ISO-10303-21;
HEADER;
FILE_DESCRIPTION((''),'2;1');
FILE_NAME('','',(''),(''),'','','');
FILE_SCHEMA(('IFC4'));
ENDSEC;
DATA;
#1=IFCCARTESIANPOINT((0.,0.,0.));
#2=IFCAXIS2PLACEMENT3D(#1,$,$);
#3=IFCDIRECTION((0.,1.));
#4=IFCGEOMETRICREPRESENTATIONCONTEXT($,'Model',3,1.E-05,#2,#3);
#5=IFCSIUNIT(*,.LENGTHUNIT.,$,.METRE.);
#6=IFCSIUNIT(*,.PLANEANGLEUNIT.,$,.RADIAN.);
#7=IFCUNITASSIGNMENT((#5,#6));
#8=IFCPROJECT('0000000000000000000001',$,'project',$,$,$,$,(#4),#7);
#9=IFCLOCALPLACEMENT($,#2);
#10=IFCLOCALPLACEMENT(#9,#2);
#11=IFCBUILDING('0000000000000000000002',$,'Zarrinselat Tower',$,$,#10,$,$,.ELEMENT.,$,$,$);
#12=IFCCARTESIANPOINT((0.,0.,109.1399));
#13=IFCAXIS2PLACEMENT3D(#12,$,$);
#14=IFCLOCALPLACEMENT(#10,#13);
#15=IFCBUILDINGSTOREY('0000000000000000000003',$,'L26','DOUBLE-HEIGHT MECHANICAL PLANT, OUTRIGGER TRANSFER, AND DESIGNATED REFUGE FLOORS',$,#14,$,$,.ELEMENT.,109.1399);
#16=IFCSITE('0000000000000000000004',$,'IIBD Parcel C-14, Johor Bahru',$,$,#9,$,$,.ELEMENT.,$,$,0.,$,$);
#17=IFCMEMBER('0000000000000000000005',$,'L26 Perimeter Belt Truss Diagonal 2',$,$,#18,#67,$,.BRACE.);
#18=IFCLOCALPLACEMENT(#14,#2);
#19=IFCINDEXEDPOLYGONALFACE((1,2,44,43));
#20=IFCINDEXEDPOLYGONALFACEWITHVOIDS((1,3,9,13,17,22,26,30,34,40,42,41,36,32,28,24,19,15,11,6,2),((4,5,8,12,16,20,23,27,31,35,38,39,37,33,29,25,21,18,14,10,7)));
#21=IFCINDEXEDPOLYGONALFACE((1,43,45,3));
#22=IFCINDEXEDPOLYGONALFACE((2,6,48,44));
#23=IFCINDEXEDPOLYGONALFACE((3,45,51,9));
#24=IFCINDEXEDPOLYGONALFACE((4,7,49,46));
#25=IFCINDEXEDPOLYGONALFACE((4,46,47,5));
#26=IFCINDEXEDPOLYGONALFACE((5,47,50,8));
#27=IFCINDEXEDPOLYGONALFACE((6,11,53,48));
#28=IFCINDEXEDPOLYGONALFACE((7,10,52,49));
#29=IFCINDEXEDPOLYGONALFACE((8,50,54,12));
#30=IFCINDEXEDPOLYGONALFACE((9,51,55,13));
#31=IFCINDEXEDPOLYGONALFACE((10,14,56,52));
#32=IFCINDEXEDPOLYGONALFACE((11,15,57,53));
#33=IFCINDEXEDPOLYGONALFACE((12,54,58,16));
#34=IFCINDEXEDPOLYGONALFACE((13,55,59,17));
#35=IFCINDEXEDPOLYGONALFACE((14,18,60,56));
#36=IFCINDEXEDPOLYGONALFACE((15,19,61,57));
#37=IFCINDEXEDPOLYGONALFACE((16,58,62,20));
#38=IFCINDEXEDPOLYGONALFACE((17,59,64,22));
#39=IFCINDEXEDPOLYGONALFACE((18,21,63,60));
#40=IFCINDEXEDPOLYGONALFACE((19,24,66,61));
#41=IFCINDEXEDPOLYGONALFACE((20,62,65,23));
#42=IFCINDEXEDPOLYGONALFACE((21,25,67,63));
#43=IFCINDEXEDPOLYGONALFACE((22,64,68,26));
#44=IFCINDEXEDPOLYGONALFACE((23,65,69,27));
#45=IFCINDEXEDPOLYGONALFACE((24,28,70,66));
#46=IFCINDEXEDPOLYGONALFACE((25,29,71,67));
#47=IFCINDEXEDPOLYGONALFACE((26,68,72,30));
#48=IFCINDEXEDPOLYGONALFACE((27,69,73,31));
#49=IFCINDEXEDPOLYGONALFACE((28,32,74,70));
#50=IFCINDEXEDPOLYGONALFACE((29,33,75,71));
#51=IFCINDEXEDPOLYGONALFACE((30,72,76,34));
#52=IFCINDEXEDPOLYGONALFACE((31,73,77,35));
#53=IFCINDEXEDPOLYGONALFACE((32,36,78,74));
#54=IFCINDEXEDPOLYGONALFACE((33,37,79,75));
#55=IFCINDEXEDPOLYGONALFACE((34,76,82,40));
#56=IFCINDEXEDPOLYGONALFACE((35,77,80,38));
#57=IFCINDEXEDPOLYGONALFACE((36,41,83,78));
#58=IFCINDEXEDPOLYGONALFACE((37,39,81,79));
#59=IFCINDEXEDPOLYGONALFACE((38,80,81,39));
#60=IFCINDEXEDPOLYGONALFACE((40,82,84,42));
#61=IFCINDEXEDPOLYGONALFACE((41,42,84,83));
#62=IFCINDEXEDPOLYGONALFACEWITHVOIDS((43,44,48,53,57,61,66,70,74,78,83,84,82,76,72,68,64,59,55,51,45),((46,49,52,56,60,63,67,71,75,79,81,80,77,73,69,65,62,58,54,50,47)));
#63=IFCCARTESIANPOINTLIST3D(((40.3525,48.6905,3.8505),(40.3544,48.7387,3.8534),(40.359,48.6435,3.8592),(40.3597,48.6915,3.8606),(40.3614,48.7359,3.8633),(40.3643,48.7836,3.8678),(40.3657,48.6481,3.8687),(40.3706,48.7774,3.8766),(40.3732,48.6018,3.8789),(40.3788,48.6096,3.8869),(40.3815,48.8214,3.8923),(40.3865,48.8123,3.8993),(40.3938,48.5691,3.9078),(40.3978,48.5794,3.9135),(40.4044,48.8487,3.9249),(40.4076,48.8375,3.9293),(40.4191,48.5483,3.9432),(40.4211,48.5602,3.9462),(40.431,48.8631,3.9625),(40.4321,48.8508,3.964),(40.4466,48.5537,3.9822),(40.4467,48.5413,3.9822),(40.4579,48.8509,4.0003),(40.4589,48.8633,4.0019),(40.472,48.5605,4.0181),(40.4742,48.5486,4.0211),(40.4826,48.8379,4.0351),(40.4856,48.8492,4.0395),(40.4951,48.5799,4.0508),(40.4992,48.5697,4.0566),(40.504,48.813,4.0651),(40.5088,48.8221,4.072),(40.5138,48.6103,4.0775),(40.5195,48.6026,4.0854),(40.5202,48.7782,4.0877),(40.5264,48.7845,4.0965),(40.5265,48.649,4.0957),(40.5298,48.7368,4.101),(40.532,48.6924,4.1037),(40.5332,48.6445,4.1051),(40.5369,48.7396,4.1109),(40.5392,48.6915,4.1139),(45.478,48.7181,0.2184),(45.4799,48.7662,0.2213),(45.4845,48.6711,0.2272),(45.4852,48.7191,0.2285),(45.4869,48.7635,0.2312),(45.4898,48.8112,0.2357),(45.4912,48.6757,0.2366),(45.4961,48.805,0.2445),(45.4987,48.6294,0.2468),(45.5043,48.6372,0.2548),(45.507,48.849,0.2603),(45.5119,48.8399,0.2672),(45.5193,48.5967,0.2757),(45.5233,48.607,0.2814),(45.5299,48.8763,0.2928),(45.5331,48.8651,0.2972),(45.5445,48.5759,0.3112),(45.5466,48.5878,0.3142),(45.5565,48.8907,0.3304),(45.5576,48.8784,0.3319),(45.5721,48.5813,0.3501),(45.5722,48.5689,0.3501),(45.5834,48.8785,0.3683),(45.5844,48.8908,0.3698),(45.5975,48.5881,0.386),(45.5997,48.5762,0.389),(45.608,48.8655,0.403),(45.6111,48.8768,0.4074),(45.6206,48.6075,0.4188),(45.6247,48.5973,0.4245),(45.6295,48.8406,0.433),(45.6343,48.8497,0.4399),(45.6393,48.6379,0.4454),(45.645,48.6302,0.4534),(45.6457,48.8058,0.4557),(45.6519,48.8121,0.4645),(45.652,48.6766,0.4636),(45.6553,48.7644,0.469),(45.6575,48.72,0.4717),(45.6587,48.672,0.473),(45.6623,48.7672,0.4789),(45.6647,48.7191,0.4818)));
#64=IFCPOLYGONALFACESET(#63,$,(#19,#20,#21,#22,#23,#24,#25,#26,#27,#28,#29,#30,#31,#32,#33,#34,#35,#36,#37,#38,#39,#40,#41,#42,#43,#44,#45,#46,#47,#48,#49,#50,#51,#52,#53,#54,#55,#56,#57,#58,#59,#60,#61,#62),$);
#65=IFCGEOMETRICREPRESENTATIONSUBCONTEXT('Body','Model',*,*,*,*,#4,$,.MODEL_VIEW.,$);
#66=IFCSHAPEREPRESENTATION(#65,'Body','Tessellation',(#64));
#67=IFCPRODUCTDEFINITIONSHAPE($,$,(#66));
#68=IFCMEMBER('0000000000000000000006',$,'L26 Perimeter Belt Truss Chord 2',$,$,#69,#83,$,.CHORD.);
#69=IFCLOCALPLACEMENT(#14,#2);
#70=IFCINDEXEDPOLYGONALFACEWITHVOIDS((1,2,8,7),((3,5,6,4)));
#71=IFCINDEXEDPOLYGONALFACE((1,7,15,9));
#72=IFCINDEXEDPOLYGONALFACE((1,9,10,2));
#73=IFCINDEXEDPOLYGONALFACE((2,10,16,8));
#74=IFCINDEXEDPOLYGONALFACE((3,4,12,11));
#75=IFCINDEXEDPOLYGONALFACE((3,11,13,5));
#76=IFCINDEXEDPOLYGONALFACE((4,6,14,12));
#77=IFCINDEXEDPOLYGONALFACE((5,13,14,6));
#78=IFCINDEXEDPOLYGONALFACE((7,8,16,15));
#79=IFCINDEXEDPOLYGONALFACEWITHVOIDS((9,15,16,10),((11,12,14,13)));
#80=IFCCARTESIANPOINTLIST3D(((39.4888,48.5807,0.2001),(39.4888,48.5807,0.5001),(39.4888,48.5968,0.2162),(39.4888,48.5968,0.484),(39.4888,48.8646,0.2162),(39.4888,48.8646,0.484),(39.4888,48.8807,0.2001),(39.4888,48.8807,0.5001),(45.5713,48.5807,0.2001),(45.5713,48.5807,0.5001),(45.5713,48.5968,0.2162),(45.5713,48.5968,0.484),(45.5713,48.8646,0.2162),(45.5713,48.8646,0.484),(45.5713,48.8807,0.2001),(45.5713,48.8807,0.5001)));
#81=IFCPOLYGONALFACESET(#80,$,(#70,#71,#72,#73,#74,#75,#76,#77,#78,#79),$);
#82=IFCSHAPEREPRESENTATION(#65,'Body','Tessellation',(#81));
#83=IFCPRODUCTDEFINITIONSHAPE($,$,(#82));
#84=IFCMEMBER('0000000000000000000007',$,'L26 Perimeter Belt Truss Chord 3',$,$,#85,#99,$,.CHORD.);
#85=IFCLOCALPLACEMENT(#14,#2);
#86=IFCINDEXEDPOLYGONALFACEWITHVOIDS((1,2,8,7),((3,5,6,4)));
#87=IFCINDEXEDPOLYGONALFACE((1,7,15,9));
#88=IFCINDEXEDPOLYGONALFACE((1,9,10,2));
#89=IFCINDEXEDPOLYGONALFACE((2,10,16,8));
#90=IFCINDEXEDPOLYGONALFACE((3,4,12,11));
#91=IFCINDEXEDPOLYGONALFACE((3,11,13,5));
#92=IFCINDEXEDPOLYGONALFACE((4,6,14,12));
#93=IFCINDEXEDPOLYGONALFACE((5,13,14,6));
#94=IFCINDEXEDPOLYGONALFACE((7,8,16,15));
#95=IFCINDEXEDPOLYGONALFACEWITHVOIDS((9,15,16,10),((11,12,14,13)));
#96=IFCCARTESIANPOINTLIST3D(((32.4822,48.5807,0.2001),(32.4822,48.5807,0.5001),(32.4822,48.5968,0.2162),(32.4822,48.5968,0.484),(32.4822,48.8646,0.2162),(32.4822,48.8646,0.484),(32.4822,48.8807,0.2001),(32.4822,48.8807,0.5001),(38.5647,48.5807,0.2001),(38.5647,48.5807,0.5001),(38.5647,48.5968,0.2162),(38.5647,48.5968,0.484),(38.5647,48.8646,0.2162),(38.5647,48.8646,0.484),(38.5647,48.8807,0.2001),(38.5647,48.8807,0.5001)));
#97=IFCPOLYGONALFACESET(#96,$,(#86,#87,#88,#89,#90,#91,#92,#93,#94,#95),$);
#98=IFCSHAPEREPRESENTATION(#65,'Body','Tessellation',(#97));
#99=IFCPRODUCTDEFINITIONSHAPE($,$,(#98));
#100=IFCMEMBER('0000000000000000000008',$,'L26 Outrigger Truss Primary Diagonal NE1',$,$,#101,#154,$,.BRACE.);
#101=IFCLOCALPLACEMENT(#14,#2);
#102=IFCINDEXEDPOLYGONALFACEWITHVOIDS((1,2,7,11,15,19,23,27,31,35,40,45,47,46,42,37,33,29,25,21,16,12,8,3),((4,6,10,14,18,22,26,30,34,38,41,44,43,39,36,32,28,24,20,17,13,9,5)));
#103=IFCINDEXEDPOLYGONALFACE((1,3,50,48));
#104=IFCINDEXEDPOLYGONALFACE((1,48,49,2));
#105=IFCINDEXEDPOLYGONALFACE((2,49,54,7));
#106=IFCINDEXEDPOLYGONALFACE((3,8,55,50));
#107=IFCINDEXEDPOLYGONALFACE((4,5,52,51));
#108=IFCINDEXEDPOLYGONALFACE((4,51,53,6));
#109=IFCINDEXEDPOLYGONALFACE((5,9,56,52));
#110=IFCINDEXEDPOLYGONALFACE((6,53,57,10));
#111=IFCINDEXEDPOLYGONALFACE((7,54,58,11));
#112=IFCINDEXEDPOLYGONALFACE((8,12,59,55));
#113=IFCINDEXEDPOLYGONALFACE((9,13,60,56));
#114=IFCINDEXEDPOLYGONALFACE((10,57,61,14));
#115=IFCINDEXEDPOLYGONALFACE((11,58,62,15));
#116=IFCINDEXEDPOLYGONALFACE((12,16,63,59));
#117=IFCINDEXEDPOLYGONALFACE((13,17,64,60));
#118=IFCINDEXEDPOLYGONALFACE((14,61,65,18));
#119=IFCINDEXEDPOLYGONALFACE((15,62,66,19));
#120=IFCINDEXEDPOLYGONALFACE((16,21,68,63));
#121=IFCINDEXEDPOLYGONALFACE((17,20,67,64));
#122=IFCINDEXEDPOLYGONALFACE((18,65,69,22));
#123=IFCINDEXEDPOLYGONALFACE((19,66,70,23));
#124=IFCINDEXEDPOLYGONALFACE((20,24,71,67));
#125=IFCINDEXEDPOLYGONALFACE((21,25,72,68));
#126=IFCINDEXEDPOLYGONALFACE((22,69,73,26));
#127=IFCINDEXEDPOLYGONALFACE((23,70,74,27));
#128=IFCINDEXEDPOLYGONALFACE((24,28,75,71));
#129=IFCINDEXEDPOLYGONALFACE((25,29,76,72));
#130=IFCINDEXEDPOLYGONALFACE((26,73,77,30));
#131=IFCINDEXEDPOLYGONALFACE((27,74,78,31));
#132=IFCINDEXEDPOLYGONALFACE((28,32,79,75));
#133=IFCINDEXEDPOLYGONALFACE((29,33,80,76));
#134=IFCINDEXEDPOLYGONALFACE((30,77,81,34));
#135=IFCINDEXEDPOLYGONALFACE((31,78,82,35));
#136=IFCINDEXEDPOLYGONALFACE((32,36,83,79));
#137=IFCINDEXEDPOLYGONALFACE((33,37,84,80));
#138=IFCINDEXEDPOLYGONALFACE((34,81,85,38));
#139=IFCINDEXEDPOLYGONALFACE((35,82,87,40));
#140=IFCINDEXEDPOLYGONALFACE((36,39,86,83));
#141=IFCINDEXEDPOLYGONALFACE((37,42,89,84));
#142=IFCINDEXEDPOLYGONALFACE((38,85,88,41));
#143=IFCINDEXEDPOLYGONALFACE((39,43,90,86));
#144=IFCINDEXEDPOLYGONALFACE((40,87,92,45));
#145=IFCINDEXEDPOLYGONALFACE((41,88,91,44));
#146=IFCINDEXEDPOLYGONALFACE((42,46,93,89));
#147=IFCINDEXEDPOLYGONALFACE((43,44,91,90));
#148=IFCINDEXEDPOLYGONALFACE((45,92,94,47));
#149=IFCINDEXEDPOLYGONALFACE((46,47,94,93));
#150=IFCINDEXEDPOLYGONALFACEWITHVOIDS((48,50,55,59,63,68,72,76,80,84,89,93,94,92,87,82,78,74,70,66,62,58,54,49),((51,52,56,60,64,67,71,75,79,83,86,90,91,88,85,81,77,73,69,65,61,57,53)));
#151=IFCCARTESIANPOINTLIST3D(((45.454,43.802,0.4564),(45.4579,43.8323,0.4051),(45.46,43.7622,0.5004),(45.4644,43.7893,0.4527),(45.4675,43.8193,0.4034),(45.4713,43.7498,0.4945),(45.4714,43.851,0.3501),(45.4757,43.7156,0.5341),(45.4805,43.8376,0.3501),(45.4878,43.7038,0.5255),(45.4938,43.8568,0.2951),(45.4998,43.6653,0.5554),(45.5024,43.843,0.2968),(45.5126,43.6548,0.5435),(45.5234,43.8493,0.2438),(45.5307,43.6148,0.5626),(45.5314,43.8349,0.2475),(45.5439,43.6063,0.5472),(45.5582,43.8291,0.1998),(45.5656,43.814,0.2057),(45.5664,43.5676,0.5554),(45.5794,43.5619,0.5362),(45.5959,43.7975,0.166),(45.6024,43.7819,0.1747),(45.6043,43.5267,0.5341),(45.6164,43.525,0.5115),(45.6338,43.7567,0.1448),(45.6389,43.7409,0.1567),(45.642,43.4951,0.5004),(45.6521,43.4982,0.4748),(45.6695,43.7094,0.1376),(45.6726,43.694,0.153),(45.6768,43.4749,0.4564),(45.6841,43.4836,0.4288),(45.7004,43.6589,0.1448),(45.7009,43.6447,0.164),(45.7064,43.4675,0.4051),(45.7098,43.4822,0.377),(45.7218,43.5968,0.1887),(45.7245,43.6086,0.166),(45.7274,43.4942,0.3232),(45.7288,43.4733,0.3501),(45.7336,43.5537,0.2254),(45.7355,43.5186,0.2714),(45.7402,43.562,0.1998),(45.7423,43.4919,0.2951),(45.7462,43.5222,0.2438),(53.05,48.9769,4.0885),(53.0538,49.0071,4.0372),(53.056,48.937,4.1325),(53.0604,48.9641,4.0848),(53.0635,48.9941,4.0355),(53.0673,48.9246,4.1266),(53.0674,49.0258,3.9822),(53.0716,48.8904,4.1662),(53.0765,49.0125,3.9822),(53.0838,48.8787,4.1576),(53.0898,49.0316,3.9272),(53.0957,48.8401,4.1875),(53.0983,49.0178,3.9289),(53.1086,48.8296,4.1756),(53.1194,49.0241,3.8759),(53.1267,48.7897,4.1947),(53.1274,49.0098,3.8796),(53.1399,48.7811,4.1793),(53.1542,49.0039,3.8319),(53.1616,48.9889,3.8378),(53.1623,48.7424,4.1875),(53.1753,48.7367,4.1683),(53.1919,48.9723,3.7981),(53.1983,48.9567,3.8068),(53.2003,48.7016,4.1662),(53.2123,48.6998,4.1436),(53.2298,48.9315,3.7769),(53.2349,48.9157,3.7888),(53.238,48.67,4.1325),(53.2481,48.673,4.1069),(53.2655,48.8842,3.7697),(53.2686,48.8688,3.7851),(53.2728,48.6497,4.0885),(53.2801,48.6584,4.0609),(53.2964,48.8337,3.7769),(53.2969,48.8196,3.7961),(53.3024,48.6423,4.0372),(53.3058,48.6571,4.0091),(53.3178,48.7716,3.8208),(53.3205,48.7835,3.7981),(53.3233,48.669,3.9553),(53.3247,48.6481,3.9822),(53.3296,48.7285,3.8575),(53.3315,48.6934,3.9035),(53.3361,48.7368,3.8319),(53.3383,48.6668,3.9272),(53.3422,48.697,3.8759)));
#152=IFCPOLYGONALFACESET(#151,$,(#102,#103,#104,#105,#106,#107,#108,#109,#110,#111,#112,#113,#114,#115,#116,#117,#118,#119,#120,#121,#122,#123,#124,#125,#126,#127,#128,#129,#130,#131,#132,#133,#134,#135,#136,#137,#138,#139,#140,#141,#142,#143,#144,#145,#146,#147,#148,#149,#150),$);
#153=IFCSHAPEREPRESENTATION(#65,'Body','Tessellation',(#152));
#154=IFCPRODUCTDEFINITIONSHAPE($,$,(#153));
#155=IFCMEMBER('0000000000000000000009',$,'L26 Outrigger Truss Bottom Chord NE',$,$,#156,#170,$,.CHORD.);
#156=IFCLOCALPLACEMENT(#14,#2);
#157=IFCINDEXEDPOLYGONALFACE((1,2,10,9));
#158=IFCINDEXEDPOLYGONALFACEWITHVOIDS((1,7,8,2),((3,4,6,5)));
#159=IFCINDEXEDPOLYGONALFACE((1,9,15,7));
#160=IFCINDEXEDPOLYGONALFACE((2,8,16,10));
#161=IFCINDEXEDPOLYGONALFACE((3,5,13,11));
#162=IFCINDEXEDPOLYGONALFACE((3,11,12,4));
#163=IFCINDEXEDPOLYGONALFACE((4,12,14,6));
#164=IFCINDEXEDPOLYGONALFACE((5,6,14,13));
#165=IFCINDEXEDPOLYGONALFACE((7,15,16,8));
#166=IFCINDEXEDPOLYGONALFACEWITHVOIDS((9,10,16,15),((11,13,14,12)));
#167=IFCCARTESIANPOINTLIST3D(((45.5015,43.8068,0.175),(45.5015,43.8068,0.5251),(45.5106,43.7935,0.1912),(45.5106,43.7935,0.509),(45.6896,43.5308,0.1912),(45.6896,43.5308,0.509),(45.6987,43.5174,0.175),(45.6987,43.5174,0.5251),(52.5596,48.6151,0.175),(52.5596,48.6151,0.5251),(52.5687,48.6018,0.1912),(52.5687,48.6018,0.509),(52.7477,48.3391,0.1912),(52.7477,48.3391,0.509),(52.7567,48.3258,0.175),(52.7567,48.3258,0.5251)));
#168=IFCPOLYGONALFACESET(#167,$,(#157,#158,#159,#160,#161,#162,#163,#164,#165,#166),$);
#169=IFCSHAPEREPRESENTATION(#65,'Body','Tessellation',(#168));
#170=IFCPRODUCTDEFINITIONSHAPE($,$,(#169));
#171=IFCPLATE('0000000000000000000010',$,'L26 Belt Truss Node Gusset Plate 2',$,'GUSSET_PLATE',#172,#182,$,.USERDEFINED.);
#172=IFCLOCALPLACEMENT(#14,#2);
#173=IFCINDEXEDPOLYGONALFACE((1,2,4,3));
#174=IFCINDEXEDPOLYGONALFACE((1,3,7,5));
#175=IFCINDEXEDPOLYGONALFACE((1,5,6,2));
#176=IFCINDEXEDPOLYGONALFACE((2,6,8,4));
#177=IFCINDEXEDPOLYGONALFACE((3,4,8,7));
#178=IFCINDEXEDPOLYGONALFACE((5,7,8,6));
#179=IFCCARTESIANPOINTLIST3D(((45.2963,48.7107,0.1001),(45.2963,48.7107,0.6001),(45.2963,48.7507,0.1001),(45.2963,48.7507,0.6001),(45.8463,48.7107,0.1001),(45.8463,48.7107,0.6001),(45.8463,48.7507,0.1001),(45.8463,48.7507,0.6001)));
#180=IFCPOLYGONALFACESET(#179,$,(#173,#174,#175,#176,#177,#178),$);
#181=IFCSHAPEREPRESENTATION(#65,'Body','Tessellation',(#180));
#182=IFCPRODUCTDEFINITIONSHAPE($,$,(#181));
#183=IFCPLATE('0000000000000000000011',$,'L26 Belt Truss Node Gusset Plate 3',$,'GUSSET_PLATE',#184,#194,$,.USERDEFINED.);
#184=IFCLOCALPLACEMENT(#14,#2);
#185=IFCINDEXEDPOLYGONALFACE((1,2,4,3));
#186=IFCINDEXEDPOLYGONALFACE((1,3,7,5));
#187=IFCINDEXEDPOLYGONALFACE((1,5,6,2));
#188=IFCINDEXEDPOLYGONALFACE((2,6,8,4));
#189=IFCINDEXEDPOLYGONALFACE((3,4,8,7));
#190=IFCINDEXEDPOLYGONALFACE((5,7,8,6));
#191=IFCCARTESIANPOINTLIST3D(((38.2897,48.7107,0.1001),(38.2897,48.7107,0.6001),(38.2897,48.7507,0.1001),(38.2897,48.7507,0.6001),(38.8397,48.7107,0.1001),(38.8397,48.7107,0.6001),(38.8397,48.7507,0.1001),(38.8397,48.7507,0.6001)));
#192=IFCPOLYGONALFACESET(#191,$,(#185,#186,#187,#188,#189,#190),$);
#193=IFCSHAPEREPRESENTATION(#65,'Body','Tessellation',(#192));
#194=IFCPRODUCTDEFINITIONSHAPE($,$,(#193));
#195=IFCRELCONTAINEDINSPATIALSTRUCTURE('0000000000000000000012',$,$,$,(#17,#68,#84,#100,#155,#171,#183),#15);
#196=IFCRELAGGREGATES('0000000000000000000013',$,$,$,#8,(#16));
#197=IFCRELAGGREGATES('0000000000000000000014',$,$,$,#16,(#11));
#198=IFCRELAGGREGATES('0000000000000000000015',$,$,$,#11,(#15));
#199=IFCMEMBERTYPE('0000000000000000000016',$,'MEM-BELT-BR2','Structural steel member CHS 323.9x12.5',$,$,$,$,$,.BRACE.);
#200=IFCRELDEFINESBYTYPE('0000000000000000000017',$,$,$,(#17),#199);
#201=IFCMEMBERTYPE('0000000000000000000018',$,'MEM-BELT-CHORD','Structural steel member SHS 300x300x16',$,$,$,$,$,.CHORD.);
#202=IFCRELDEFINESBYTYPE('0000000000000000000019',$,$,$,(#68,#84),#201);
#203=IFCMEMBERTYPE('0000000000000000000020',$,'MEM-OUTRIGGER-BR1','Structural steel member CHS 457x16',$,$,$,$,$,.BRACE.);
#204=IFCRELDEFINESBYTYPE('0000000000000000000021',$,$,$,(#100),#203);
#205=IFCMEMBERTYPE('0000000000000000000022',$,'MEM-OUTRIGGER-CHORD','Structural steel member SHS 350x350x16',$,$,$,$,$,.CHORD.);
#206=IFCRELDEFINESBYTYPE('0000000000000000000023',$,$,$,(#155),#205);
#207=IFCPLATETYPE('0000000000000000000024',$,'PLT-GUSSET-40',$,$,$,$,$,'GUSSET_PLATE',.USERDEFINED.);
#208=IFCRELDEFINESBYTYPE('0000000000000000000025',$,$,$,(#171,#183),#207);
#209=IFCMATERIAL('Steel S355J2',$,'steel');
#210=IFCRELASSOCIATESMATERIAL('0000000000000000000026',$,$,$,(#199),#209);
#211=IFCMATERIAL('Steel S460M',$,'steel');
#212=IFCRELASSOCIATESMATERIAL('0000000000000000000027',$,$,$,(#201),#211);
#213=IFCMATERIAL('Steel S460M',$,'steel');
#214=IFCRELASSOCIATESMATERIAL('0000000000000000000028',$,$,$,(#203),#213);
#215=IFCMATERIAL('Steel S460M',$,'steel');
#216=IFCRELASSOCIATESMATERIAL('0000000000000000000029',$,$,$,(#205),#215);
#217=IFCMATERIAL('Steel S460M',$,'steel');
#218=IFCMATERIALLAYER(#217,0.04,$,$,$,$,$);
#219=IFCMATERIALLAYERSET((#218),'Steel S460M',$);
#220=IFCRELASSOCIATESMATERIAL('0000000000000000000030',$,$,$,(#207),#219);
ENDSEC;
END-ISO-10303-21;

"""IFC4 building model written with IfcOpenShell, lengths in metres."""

from ifc_helpers import new_model, si_unit, direction, frame, origin, origin_2d, place, context, subcontext, project, spatial, rectangle, hollow_rectangle, hollow_circle, extrude, material, layer, layer_set, material_profile, profile_set, type_object, element, save


model = new_model("IFC4")

# Units and contexts
model_context = context("Model", 3, precision=1e-05, world=origin(), true_north=direction((0.0, 1.0)))
body_context = subcontext(model_context, "Body", "Model", "MODEL_VIEW")
ifc_project = project(units=[si_unit("LENGTHUNIT", "METRE"), si_unit("PLANEANGLEUNIT", "RADIAN")], contexts=[model_context])

# Site, building, storey
site_placement = place(None, origin())
site = spatial("IfcSite", under=ifc_project, at=site_placement, Name="IIBD Parcel C-14, Johor Bahru", CompositionType="ELEMENT", RefElevation=0.0)
building_placement = place(site_placement, origin())
building = spatial("IfcBuilding", under=site, at=building_placement, Name="Zarrinselat Tower", CompositionType="ELEMENT")
storey_placement = place(building_placement, frame((0.0, 0.0, 109.1399)))
storey = spatial("IfcBuildingStorey", under=building, at=storey_placement, Name="L26", Description="DOUBLE-HEIGHT MECHANICAL PLANT, OUTRIGGER TRANSFER, AND DESIGNATED REFUGE FLOORS", CompositionType="ELEMENT", Elevation=109.1399)

# Members
ifc_material_1 = material(Name="Steel S355J2", Category="steel")
ifc_material_profile_1 = material_profile(ifc_material_1, hollow_circle(Radius=0.1619, WallThickness=0.0125, at=origin_2d()), Name="CHS 323.9x12.5")
ifc_profile_set_1 = profile_set([ifc_material_profile_1], Name="Steel S355J2")
member_type_1 = type_object("IfcMemberType", Name="MEM-BELT-BR2", Description="Structural steel member CHS 323.9x12.5", PredefinedType="BRACE", material=ifc_profile_set_1)
member_1_placement = place(storey_placement, frame((45.5713, 48.7307, 0.3501), z_axis=(-0.815902, -0.004392, 0.578173), x_axis=(0.005382, -0.999986, 0.0)))
element("IfcMember", 1, at=member_1_placement, inside=storey, type_object=member_type_1, Name="L26 Perimeter Belt Truss Diagonal 2", PredefinedType="BRACE", context=body_context, shape_type="SweptSolid", body=[
    extrude(hollow_circle(Radius=0.1619, WallThickness=0.0125, at=origin_2d()), origin(), (0.0, 0.0, 1.0), 6.282),
])
ifc_material_2 = material(Name="Steel S460M", Category="steel")
ifc_material_profile_2 = material_profile(ifc_material_2, hollow_rectangle(XDim=0.3, YDim=0.3, WallThickness=0.0161, at=origin_2d()), Name="SHS 300x300x16")
ifc_profile_set_2 = profile_set([ifc_material_profile_2], Name="Steel S460M")
member_type_2 = type_object("IfcMemberType", Name="MEM-BELT-CHORD", Description="Structural steel member SHS 300x300x16", PredefinedType="CHORD", material=ifc_profile_set_2)
for number, where, z_axis, x_axis, name in (
    (2, (45.5713, 48.7307, 0.3501), (-1.0, 0.0, 0.0), (0.0, -1.0, 0.0), "L26 Perimeter Belt Truss Chord 2"),
    (3, (38.5647, 48.7307, 0.3501), (-1.0, 0.0, 0.0), (0.0, -1.0, 0.0), "L26 Perimeter Belt Truss Chord 3"),
):
    element("IfcMember", number, at=place(storey_placement, frame(where, z_axis=z_axis, x_axis=x_axis)), inside=storey, type_object=member_type_2, Name=name, PredefinedType="CHORD", context=body_context, shape_type="SweptSolid", body=[
        extrude(hollow_rectangle(XDim=0.3, YDim=0.3, WallThickness=0.0161, at=origin_2d()), origin(), (0.0, 0.0, 1.0), 6.0825),
    ])
ifc_material_3 = material(Name="Steel S460M", Category="steel")
ifc_material_profile_3 = material_profile(ifc_material_3, hollow_circle(Radius=0.2285, WallThickness=0.0161, at=origin_2d()), Name="CHS 457x16")
ifc_profile_set_3 = profile_set([ifc_material_profile_3], Name="Steel S460M")
member_type_3 = type_object("IfcMemberType", Name="MEM-OUTRIGGER-BR1", Description="Structural steel member CHS 457x16", PredefinedType="BRACE", material=ifc_profile_set_3)
member_2_placement = place(storey_placement, frame((45.6001, 43.6621, 0.3501), z_axis=(0.768606, 0.523619, 0.367517), x_axis=(-0.563021, 0.826443, 0.0)))
element("IfcMember", 4, at=member_2_placement, inside=storey, type_object=member_type_3, Name="L26 Outrigger Truss Primary Diagonal NE1", PredefinedType="BRACE", context=body_context, shape_type="SweptSolid", body=[
    extrude(hollow_circle(Radius=0.2285, WallThickness=0.0161, at=origin_2d()), origin(), (0.0, 0.0, 1.0), 9.8828),
])
ifc_material_4 = material(Name="Steel S460M", Category="steel")
ifc_material_profile_4 = material_profile(ifc_material_4, hollow_rectangle(XDim=0.3501, YDim=0.3501, WallThickness=0.0161, at=origin_2d()), Name="SHS 350x350x16")
ifc_profile_set_4 = profile_set([ifc_material_profile_4], Name="Steel S460M")
member_type_4 = type_object("IfcMemberType", Name="MEM-OUTRIGGER-CHORD", Description="Structural steel member SHS 350x350x16", PredefinedType="CHORD", material=ifc_profile_set_4)
member_3_placement = place(storey_placement, frame((45.6001, 43.6621, 0.3501), z_axis=(0.826445, 0.563017, 0.0), x_axis=(-0.563017, 0.826445, 0.0)))
element("IfcMember", 5, at=member_3_placement, inside=storey, type_object=member_type_4, Name="L26 Outrigger Truss Bottom Chord NE", PredefinedType="CHORD", context=body_context, shape_type="SweptSolid", body=[
    extrude(hollow_rectangle(XDim=0.3501, YDim=0.3501, WallThickness=0.0161, at=origin_2d()), origin(), (0.0, 0.0, 1.0), 8.5403),
])

# Plates
ifc_material_5 = material(Name="Steel S460M", Category="steel")
ifc_layer_1 = layer(ifc_material_5, 0.04)
ifc_layer_set_1 = layer_set([ifc_layer_1], Name="Steel S460M")
plate_type = type_object("IfcPlateType", Name="PLT-GUSSET-40", ElementType="GUSSET_PLATE", PredefinedType="USERDEFINED", material=ifc_layer_set_1)
for number, where, z_axis, x_axis, name in (
    (6, (45.5713, 48.7307, 0.1001), (0.0, 0.0, 1.0), (-1.0, 0.0, 0.0), "L26 Belt Truss Node Gusset Plate 2"),
    (7, (38.5647, 48.7307, 0.1001), (0.0, 0.0, 1.0), (-1.0, 0.0, 0.0), "L26 Belt Truss Node Gusset Plate 3"),
):
    element("IfcPlate", number, at=place(storey_placement, frame(where, z_axis=z_axis, x_axis=x_axis)), inside=storey, type_object=plate_type, Name=name, ObjectType="GUSSET_PLATE", PredefinedType="USERDEFINED", context=body_context, shape_type="SweptSolid", body=[
        extrude(rectangle(XDim=0.55, YDim=0.04, at=origin_2d()), origin(), (0.0, 0.0, 1.0), 0.5),
    ])

save(model, "model.ifc")
